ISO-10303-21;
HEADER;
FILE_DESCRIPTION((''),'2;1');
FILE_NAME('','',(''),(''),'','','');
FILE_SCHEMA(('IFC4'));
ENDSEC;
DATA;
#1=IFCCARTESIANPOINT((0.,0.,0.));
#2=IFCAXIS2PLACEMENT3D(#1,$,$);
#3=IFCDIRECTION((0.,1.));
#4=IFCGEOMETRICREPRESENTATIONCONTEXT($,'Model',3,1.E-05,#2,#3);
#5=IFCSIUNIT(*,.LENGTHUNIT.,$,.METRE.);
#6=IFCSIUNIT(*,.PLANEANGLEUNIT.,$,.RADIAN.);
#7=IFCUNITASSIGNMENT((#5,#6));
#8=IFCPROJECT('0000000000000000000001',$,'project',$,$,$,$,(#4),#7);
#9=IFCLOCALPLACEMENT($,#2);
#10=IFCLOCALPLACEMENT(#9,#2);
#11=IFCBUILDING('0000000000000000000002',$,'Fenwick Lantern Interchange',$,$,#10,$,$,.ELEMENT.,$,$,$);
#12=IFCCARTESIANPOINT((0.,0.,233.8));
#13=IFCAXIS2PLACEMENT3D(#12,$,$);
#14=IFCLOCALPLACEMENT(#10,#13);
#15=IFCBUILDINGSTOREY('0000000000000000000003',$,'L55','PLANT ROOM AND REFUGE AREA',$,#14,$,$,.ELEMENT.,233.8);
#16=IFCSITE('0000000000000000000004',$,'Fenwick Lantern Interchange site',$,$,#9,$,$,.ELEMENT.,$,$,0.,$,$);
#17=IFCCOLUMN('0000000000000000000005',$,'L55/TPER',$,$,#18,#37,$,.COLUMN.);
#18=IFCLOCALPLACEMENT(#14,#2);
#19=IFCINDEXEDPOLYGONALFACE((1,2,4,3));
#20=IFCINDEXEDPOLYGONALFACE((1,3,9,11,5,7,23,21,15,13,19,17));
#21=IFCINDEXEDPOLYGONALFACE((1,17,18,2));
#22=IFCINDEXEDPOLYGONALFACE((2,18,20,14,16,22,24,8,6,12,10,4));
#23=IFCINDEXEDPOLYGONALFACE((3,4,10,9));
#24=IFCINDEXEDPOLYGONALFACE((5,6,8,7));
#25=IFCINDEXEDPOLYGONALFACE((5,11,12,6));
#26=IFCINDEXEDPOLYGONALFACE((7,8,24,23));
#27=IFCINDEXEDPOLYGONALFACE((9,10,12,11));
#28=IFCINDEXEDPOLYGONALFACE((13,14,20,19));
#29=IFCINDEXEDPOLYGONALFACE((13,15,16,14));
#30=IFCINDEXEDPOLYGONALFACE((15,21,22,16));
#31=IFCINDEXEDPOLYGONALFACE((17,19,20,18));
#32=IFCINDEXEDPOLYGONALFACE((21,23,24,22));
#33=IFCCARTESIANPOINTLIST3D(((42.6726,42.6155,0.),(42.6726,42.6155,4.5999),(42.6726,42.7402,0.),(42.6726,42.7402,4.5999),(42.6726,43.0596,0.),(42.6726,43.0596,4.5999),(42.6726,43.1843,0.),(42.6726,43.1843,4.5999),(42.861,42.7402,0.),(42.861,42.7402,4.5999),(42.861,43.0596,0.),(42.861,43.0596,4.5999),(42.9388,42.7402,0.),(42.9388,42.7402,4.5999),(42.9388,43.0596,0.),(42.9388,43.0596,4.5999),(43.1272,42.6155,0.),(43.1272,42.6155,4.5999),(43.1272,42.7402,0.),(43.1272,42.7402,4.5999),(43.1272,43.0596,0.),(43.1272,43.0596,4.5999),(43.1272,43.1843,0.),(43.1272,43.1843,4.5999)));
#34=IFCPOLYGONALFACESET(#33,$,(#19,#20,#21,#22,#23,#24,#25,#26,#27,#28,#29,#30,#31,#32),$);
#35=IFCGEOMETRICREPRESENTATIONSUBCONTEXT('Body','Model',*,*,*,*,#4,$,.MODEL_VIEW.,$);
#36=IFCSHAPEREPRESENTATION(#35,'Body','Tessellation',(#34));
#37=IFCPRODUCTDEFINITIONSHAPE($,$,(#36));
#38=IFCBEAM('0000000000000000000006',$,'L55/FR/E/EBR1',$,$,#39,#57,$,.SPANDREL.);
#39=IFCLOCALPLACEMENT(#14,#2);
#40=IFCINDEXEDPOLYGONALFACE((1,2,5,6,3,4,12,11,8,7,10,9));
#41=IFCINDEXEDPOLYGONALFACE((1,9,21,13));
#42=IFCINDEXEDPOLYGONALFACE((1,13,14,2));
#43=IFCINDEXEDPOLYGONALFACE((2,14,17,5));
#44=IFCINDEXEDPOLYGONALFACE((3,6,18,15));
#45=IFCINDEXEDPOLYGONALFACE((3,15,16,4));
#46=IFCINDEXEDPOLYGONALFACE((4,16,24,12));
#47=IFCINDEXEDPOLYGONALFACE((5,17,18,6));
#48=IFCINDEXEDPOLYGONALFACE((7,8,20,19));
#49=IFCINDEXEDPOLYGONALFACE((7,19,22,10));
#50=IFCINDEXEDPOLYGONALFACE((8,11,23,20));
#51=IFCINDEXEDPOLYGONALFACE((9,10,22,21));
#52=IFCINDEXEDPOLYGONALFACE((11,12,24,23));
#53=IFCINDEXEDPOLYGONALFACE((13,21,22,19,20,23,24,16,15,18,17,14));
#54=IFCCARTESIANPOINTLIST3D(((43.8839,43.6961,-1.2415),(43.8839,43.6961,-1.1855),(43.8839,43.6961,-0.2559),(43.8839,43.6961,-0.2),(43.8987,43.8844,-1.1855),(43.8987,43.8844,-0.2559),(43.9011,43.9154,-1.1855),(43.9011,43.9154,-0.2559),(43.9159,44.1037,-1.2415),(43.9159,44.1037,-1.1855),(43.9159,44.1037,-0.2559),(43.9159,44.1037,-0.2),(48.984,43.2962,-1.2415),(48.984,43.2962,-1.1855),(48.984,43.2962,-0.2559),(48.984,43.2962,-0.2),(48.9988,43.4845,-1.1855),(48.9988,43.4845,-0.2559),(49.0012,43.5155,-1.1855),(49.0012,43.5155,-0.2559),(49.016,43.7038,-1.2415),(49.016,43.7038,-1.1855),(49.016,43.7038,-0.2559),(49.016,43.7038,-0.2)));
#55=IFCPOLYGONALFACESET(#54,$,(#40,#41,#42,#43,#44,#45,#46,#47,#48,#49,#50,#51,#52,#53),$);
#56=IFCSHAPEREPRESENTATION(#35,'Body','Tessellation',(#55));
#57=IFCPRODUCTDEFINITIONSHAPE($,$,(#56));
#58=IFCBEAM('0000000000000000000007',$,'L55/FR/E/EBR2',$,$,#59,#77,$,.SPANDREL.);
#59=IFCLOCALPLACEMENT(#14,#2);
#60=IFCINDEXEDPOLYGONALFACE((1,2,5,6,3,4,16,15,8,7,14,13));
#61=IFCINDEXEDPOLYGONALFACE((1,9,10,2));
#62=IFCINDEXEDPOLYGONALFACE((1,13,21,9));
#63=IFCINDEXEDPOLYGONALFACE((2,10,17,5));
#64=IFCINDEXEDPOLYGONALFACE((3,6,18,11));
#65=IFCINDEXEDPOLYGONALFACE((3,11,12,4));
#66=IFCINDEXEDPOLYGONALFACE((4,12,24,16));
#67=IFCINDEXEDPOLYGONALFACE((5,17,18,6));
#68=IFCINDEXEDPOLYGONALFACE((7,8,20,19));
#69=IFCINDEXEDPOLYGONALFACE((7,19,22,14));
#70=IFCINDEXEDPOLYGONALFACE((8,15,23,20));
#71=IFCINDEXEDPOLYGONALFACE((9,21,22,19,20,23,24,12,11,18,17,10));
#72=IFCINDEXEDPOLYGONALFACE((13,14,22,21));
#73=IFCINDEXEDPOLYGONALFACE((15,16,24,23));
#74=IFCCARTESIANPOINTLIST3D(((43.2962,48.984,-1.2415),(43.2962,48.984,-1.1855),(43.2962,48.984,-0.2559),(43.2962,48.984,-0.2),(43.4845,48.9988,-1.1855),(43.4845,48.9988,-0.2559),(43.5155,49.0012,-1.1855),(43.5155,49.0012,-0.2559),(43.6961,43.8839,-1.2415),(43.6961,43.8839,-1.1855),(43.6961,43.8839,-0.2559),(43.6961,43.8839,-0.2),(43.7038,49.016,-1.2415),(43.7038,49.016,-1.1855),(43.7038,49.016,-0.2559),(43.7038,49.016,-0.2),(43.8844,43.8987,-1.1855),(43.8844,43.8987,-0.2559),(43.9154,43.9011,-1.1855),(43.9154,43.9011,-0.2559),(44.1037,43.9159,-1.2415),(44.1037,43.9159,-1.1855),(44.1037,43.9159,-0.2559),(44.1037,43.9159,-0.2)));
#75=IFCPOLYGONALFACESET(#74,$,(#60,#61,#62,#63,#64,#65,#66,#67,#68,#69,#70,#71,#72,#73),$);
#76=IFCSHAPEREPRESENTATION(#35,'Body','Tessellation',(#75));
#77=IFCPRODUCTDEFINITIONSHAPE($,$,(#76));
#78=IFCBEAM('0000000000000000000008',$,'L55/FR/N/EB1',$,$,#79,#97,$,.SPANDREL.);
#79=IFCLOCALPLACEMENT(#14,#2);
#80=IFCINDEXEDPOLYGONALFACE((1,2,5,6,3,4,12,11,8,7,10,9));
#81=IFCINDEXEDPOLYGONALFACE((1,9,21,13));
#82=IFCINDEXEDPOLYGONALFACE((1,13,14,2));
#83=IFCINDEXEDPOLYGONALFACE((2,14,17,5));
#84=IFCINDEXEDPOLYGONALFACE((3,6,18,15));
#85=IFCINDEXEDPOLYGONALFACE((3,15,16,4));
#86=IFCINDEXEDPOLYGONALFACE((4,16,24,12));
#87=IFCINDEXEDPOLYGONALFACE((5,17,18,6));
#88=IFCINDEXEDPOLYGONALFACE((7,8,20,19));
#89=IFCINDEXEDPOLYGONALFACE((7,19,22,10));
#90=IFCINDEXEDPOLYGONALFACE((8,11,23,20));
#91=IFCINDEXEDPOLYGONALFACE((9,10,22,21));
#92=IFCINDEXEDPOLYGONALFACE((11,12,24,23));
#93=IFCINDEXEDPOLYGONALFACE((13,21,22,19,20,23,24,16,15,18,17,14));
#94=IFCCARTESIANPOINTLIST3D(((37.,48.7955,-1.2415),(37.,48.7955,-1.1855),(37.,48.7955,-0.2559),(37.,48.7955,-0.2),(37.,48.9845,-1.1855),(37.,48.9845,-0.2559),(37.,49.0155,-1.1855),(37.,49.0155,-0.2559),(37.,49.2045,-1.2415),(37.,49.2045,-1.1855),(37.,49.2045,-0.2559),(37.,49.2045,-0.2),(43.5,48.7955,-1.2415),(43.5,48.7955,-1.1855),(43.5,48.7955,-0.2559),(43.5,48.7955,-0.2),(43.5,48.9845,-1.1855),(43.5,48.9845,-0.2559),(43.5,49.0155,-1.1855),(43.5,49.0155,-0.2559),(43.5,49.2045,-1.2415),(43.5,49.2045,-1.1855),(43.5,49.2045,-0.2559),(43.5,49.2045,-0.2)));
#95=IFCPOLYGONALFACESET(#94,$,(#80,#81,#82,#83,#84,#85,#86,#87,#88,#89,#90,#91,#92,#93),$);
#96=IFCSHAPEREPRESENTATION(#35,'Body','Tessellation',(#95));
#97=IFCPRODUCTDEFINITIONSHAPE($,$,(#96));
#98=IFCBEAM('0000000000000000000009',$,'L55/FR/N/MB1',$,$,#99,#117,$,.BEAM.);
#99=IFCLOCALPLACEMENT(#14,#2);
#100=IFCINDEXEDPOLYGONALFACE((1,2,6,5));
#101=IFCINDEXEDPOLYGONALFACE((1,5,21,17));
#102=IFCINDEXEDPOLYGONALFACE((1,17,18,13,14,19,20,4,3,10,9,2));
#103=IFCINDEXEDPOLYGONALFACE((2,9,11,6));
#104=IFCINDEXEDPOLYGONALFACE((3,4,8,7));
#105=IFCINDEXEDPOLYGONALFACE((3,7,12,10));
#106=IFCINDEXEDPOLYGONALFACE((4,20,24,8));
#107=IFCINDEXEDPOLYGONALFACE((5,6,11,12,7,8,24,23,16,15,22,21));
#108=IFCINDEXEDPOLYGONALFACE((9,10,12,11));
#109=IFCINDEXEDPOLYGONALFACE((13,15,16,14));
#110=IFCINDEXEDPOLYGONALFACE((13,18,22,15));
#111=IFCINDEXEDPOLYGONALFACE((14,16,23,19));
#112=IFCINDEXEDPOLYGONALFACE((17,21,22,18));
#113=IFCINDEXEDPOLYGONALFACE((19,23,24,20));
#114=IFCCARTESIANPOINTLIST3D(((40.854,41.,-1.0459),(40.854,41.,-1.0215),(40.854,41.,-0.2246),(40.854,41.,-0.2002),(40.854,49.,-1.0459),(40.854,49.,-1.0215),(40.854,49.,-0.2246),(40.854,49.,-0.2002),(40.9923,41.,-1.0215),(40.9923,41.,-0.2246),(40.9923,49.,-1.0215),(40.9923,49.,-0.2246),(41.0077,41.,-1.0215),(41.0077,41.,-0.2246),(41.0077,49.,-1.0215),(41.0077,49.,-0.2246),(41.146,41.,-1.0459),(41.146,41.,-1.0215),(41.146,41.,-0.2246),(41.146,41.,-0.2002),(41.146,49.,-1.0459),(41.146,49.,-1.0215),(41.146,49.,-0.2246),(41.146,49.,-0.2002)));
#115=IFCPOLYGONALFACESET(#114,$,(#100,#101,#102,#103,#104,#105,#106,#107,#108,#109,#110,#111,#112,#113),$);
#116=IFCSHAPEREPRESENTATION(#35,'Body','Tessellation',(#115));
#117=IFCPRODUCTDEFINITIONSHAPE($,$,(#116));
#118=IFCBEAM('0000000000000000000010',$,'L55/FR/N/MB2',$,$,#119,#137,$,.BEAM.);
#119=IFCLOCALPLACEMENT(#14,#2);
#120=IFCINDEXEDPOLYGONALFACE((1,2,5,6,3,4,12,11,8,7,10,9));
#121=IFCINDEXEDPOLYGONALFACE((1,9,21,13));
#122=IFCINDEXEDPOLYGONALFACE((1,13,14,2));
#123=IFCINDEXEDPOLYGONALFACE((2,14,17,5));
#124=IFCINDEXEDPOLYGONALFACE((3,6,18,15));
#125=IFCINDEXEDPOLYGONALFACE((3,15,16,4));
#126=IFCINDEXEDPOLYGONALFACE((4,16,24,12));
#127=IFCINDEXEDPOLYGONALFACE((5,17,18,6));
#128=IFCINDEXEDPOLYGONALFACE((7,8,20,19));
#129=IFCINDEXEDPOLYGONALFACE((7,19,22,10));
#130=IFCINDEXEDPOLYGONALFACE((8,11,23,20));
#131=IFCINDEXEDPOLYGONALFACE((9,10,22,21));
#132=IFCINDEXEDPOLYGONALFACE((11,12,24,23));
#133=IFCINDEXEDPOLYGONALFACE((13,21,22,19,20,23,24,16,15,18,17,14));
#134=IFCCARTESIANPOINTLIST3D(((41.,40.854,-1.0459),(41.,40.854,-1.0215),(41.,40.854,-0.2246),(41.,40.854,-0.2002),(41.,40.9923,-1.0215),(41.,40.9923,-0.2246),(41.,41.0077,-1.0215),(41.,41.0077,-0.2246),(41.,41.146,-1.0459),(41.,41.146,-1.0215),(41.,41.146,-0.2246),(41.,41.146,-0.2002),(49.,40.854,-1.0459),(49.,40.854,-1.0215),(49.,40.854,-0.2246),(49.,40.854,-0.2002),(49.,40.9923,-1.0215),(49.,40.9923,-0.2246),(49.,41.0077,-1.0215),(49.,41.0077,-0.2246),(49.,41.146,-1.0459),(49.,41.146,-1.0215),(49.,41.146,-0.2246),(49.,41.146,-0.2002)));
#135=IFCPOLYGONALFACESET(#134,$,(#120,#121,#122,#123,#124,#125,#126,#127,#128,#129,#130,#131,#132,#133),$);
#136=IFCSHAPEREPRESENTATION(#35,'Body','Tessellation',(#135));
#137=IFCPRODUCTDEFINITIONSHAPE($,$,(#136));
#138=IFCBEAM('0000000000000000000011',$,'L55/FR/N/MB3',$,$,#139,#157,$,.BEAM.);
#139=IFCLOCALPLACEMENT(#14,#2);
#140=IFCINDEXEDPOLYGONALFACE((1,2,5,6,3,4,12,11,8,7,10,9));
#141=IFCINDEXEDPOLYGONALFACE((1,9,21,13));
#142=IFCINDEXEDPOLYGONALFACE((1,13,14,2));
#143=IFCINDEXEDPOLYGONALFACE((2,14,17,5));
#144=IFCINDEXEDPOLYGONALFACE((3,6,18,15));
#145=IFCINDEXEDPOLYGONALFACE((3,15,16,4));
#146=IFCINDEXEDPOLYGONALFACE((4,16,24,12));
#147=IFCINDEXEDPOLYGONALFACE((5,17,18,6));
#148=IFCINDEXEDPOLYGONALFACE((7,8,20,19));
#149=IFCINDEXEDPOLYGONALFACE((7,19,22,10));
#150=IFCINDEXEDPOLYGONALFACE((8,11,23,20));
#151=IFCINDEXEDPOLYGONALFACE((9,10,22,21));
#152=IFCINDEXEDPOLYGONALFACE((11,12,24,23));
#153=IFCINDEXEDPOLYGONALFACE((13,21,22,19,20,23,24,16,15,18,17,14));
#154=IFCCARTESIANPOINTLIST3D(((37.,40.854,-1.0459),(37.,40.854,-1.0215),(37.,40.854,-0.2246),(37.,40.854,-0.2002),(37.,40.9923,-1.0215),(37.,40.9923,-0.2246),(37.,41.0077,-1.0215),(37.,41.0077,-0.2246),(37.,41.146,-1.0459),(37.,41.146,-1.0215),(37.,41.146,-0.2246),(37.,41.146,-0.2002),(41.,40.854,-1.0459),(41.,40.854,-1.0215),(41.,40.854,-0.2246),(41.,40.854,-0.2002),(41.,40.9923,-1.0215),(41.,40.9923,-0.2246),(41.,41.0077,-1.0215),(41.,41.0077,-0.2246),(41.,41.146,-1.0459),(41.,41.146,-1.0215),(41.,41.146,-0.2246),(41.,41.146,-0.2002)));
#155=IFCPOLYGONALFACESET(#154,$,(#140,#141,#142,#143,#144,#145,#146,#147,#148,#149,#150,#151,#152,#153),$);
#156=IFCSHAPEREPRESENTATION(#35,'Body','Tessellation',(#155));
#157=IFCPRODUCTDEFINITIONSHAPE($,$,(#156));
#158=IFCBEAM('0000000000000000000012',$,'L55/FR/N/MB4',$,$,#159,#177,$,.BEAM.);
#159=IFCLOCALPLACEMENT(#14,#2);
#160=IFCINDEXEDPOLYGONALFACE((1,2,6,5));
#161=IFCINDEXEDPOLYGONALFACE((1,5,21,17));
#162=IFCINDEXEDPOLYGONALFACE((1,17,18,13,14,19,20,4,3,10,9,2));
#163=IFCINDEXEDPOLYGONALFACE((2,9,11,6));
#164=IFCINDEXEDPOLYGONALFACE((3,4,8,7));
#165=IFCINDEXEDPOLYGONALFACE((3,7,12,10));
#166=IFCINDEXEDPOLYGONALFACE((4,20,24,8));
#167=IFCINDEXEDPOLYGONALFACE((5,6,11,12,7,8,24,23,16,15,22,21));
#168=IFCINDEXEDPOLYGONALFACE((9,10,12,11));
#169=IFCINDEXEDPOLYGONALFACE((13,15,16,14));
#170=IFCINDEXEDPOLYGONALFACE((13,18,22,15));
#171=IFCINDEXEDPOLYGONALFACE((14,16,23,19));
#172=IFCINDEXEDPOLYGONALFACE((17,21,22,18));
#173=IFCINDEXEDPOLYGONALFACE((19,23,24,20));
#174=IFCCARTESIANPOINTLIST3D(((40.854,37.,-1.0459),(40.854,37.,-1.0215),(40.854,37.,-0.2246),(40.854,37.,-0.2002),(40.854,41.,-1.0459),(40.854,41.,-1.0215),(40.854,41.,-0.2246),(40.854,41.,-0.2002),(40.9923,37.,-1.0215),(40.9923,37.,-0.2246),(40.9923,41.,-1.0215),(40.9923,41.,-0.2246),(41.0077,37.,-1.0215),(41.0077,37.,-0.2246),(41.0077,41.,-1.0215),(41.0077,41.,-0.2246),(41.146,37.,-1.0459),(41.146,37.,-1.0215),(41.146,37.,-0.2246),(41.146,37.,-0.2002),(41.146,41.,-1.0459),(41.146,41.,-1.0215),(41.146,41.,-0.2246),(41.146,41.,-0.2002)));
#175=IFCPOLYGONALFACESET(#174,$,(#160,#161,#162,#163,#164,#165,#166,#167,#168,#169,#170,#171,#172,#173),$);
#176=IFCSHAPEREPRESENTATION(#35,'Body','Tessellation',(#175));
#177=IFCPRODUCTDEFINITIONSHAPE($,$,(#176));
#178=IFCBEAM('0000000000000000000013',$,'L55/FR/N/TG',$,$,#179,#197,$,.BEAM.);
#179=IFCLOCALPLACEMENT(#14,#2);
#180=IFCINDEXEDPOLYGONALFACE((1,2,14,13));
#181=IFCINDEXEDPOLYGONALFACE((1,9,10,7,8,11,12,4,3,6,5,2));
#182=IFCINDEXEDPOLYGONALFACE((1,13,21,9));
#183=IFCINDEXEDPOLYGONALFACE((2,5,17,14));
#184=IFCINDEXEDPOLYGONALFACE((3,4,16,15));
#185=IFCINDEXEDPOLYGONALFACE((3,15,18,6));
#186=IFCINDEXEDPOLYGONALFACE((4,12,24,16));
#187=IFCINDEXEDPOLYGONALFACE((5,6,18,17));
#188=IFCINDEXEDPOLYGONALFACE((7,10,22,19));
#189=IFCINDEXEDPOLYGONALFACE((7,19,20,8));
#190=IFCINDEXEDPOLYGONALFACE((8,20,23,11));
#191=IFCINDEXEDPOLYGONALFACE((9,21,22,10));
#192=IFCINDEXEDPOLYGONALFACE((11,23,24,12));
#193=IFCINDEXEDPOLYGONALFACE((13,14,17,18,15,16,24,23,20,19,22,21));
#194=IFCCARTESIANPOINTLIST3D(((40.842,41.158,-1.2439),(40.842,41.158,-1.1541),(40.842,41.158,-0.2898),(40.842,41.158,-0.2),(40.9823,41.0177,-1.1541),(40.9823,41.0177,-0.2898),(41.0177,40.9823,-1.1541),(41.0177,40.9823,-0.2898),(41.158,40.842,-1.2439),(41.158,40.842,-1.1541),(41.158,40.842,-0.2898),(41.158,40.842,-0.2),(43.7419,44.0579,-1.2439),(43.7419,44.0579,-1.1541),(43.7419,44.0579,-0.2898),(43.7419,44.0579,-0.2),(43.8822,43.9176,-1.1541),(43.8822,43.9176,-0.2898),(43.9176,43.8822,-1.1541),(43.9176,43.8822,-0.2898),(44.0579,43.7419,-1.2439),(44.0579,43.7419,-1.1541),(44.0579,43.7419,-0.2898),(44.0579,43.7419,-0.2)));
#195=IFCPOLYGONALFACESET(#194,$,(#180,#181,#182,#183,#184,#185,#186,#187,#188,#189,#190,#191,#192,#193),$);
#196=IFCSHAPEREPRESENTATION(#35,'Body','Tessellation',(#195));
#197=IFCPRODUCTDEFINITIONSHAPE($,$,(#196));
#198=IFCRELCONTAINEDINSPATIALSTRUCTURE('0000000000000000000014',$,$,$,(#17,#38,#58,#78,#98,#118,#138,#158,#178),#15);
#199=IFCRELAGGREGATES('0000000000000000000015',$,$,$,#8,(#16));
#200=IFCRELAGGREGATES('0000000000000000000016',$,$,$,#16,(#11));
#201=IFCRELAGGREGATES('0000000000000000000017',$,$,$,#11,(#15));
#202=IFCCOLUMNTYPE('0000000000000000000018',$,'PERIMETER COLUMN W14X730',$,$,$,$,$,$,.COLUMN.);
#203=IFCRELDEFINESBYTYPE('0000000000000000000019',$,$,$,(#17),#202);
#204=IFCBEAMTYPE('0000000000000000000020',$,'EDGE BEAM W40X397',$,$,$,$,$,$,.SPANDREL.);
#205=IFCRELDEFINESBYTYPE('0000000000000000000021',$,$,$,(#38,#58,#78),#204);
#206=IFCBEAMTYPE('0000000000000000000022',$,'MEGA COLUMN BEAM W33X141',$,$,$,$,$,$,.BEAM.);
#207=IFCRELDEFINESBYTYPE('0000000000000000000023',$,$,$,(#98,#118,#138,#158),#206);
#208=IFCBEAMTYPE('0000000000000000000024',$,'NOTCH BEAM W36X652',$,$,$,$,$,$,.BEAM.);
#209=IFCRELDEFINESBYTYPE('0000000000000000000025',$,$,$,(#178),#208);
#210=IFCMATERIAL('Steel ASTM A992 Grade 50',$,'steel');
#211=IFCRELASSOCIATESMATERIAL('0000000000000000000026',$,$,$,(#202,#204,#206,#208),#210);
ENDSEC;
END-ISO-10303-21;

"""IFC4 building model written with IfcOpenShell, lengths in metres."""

from ifc_helpers import new_model, si_unit, direction, frame, origin, origin_2d, place, context, subcontext, project, spatial, i_section, extrude, material, material_profile, profile_set, type_object, element, save


model = new_model("IFC4")

# Units and contexts
model_context = context("Model", 3, precision=1e-05, world=origin(), true_north=direction((0.0, 1.0)))
body_context = subcontext(model_context, "Body", "Model", "MODEL_VIEW")
ifc_project = project(units=[si_unit("LENGTHUNIT", "METRE"), si_unit("PLANEANGLEUNIT", "RADIAN")], contexts=[model_context])

# Site, building, storey
site_placement = place(None, origin())
site = spatial("IfcSite", under=ifc_project, at=site_placement, Name="Fenwick Lantern Interchange site", CompositionType="ELEMENT", RefElevation=0.0)
building_placement = place(site_placement, origin())
building = spatial("IfcBuilding", under=site, at=building_placement, Name="Fenwick Lantern Interchange", CompositionType="ELEMENT")
storey_placement = place(building_placement, frame((0.0, 0.0, 233.8)))
storey = spatial("IfcBuildingStorey", under=building, at=storey_placement, Name="L55", Description="PLANT ROOM AND REFUGE AREA", CompositionType="ELEMENT", Elevation=233.8)

# Column
ifc_material_1 = material(Name="Steel ASTM A992 Grade 50", Category="steel")
ifc_material_profile_1 = material_profile(ifc_material_1, i_section(OverallWidth=0.4546, OverallDepth=0.5688, WebThickness=0.0779, FlangeThickness=0.1248, at=origin_2d()), Name="W14X730")
ifc_profile_set_1 = profile_set([ifc_material_profile_1], Name="Steel ASTM A992 Grade 50")
column_type = type_object("IfcColumnType", Name="PERIMETER COLUMN W14X730", PredefinedType="COLUMN", material=ifc_profile_set_1)
column_placement = place(storey_placement, frame((42.8999, 42.8999, 0.0), z_axis=(0.0, 0.0, 1.0), x_axis=(1.0, 0.0, 0.0)))
element("IfcColumn", 1, at=column_placement, inside=storey, type_object=column_type, Name="L55/TPER", PredefinedType="COLUMN", context=body_context, shape_type="SweptSolid", body=[
    extrude(i_section(OverallWidth=0.4546, OverallDepth=0.5688, WebThickness=0.0779, FlangeThickness=0.1248, at=origin_2d()), origin(), (0.0, 0.0, 1.0), 4.5999),
])

# Beams
ifc_material_profile_2 = material_profile(ifc_material_1, i_section(OverallWidth=0.4089, OverallDepth=1.0415, WebThickness=0.031, FlangeThickness=0.0559, at=origin_2d()), Name="W40X397")
ifc_profile_set_2 = profile_set([ifc_material_profile_2], Name="Steel ASTM A992 Grade 50")
beam_type_1 = type_object("IfcBeamType", Name="EDGE BEAM W40X397", PredefinedType="SPANDREL", material=ifc_profile_set_2)
for number, where, z_axis, x_axis, name in (
    (2, (49.0, 43.5, -0.7207), (-0.99694, 0.078171, 0.0), (-0.078171, -0.99694, 0.0), "L55/FR/E/EBR1"),
    (3, (43.8999, 43.8999, -0.7207), (-0.078171, 0.99694, 0.0), (-0.99694, -0.078171, 0.0), "L55/FR/E/EBR2"),
):
    element("IfcBeam", number, at=place(storey_placement, frame(where, z_axis=z_axis, x_axis=x_axis)), inside=storey, type_object=beam_type_1, Name=name, PredefinedType="SPANDREL", context=body_context, shape_type="SweptSolid", body=[
        extrude(i_section(OverallWidth=0.4089, OverallDepth=1.0415, WebThickness=0.031, FlangeThickness=0.0559, at=origin_2d()), origin(), (0.0, 0.0, 1.0), 5.1157),
    ])
beam_1_placement = place(storey_placement, frame((43.5, 49.0, -0.7207), z_axis=(-1.0, 0.0, 0.0), x_axis=(0.0, -1.0, 0.0)))
element("IfcBeam", 4, at=beam_1_placement, inside=storey, type_object=beam_type_1, Name="L55/FR/N/EB1", PredefinedType="SPANDREL", context=body_context, shape_type="SweptSolid", body=[
    extrude(i_section(OverallWidth=0.4089, OverallDepth=1.0415, WebThickness=0.031, FlangeThickness=0.0559, at=origin_2d()), origin(), (0.0, 0.0, 1.0), 6.5),
])
ifc_material_profile_3 = material_profile(ifc_material_1, i_section(OverallWidth=0.292, OverallDepth=0.8457, WebThickness=0.0154, FlangeThickness=0.0244, at=origin_2d()), Name="W33X141")
ifc_profile_set_3 = profile_set([ifc_material_profile_3], Name="Steel ASTM A992 Grade 50")
beam_type_2 = type_object("IfcBeamType", Name="MEGA COLUMN BEAM W33X141", PredefinedType="BEAM", material=ifc_profile_set_3)
for number, where, z_axis, x_axis, name in (
    (5, (41.0, 41.0, -0.623), (0.0, 1.0, 0.0), (-1.0, 0.0, 0.0), "L55/FR/N/MB1"),
    (6, (41.0, 41.0, -0.623), (1.0, 0.0, 0.0), (0.0, 1.0, 0.0), "L55/FR/N/MB2"),
):
    element("IfcBeam", number, at=place(storey_placement, frame(where, z_axis=z_axis, x_axis=x_axis)), inside=storey, type_object=beam_type_2, Name=name, PredefinedType="BEAM", context=body_context, shape_type="SweptSolid", body=[
        extrude(i_section(OverallWidth=0.292, OverallDepth=0.8457, WebThickness=0.0154, FlangeThickness=0.0244, at=origin_2d()), origin(), (0.0, 0.0, 1.0), 8.0),
    ])
for number, where, z_axis, x_axis, name in (
    (7, (41.0, 41.0, -0.623), (-1.0, 0.0, 0.0), (0.0, -1.0, 0.0), "L55/FR/N/MB3"),
    (8, (41.0, 41.0, -0.623), (0.0, -1.0, 0.0), (1.0, 0.0, 0.0), "L55/FR/N/MB4"),
):
    element("IfcBeam", number, at=place(storey_placement, frame(where, z_axis=z_axis, x_axis=x_axis)), inside=storey, type_object=beam_type_2, Name=name, PredefinedType="BEAM", context=body_context, shape_type="SweptSolid", body=[
        extrude(i_section(OverallWidth=0.292, OverallDepth=0.8457, WebThickness=0.0154, FlangeThickness=0.0244, at=origin_2d()), origin(), (0.0, 0.0, 1.0), 4.0),
    ])
ifc_material_profile_4 = material_profile(ifc_material_1, i_section(OverallWidth=0.447, OverallDepth=1.0439, WebThickness=0.05, FlangeThickness=0.0898, at=origin_2d()), Name="W36X652")
ifc_profile_set_4 = profile_set([ifc_material_profile_4], Name="Steel ASTM A992 Grade 50")
beam_type_3 = type_object("IfcBeamType", Name="NOTCH BEAM W36X652", PredefinedType="BEAM", material=ifc_profile_set_4)
beam_2_placement = place(storey_placement, frame((41.0, 41.0, -0.7219), z_axis=(0.707107, 0.707107, 0.0), x_axis=(-0.707107, 0.707107, 0.0)))
element("IfcBeam", 9, at=beam_2_placement, inside=storey, type_object=beam_type_3, Name="L55/FR/N/TG", PredefinedType="BEAM", context=body_context, shape_type="SweptSolid", body=[
    extrude(i_section(OverallWidth=0.447, OverallDepth=1.0439, WebThickness=0.05, FlangeThickness=0.0898, at=origin_2d()), origin(), (0.0, 0.0, 1.0), 4.1011),
])

save(model, "model.ifc")
